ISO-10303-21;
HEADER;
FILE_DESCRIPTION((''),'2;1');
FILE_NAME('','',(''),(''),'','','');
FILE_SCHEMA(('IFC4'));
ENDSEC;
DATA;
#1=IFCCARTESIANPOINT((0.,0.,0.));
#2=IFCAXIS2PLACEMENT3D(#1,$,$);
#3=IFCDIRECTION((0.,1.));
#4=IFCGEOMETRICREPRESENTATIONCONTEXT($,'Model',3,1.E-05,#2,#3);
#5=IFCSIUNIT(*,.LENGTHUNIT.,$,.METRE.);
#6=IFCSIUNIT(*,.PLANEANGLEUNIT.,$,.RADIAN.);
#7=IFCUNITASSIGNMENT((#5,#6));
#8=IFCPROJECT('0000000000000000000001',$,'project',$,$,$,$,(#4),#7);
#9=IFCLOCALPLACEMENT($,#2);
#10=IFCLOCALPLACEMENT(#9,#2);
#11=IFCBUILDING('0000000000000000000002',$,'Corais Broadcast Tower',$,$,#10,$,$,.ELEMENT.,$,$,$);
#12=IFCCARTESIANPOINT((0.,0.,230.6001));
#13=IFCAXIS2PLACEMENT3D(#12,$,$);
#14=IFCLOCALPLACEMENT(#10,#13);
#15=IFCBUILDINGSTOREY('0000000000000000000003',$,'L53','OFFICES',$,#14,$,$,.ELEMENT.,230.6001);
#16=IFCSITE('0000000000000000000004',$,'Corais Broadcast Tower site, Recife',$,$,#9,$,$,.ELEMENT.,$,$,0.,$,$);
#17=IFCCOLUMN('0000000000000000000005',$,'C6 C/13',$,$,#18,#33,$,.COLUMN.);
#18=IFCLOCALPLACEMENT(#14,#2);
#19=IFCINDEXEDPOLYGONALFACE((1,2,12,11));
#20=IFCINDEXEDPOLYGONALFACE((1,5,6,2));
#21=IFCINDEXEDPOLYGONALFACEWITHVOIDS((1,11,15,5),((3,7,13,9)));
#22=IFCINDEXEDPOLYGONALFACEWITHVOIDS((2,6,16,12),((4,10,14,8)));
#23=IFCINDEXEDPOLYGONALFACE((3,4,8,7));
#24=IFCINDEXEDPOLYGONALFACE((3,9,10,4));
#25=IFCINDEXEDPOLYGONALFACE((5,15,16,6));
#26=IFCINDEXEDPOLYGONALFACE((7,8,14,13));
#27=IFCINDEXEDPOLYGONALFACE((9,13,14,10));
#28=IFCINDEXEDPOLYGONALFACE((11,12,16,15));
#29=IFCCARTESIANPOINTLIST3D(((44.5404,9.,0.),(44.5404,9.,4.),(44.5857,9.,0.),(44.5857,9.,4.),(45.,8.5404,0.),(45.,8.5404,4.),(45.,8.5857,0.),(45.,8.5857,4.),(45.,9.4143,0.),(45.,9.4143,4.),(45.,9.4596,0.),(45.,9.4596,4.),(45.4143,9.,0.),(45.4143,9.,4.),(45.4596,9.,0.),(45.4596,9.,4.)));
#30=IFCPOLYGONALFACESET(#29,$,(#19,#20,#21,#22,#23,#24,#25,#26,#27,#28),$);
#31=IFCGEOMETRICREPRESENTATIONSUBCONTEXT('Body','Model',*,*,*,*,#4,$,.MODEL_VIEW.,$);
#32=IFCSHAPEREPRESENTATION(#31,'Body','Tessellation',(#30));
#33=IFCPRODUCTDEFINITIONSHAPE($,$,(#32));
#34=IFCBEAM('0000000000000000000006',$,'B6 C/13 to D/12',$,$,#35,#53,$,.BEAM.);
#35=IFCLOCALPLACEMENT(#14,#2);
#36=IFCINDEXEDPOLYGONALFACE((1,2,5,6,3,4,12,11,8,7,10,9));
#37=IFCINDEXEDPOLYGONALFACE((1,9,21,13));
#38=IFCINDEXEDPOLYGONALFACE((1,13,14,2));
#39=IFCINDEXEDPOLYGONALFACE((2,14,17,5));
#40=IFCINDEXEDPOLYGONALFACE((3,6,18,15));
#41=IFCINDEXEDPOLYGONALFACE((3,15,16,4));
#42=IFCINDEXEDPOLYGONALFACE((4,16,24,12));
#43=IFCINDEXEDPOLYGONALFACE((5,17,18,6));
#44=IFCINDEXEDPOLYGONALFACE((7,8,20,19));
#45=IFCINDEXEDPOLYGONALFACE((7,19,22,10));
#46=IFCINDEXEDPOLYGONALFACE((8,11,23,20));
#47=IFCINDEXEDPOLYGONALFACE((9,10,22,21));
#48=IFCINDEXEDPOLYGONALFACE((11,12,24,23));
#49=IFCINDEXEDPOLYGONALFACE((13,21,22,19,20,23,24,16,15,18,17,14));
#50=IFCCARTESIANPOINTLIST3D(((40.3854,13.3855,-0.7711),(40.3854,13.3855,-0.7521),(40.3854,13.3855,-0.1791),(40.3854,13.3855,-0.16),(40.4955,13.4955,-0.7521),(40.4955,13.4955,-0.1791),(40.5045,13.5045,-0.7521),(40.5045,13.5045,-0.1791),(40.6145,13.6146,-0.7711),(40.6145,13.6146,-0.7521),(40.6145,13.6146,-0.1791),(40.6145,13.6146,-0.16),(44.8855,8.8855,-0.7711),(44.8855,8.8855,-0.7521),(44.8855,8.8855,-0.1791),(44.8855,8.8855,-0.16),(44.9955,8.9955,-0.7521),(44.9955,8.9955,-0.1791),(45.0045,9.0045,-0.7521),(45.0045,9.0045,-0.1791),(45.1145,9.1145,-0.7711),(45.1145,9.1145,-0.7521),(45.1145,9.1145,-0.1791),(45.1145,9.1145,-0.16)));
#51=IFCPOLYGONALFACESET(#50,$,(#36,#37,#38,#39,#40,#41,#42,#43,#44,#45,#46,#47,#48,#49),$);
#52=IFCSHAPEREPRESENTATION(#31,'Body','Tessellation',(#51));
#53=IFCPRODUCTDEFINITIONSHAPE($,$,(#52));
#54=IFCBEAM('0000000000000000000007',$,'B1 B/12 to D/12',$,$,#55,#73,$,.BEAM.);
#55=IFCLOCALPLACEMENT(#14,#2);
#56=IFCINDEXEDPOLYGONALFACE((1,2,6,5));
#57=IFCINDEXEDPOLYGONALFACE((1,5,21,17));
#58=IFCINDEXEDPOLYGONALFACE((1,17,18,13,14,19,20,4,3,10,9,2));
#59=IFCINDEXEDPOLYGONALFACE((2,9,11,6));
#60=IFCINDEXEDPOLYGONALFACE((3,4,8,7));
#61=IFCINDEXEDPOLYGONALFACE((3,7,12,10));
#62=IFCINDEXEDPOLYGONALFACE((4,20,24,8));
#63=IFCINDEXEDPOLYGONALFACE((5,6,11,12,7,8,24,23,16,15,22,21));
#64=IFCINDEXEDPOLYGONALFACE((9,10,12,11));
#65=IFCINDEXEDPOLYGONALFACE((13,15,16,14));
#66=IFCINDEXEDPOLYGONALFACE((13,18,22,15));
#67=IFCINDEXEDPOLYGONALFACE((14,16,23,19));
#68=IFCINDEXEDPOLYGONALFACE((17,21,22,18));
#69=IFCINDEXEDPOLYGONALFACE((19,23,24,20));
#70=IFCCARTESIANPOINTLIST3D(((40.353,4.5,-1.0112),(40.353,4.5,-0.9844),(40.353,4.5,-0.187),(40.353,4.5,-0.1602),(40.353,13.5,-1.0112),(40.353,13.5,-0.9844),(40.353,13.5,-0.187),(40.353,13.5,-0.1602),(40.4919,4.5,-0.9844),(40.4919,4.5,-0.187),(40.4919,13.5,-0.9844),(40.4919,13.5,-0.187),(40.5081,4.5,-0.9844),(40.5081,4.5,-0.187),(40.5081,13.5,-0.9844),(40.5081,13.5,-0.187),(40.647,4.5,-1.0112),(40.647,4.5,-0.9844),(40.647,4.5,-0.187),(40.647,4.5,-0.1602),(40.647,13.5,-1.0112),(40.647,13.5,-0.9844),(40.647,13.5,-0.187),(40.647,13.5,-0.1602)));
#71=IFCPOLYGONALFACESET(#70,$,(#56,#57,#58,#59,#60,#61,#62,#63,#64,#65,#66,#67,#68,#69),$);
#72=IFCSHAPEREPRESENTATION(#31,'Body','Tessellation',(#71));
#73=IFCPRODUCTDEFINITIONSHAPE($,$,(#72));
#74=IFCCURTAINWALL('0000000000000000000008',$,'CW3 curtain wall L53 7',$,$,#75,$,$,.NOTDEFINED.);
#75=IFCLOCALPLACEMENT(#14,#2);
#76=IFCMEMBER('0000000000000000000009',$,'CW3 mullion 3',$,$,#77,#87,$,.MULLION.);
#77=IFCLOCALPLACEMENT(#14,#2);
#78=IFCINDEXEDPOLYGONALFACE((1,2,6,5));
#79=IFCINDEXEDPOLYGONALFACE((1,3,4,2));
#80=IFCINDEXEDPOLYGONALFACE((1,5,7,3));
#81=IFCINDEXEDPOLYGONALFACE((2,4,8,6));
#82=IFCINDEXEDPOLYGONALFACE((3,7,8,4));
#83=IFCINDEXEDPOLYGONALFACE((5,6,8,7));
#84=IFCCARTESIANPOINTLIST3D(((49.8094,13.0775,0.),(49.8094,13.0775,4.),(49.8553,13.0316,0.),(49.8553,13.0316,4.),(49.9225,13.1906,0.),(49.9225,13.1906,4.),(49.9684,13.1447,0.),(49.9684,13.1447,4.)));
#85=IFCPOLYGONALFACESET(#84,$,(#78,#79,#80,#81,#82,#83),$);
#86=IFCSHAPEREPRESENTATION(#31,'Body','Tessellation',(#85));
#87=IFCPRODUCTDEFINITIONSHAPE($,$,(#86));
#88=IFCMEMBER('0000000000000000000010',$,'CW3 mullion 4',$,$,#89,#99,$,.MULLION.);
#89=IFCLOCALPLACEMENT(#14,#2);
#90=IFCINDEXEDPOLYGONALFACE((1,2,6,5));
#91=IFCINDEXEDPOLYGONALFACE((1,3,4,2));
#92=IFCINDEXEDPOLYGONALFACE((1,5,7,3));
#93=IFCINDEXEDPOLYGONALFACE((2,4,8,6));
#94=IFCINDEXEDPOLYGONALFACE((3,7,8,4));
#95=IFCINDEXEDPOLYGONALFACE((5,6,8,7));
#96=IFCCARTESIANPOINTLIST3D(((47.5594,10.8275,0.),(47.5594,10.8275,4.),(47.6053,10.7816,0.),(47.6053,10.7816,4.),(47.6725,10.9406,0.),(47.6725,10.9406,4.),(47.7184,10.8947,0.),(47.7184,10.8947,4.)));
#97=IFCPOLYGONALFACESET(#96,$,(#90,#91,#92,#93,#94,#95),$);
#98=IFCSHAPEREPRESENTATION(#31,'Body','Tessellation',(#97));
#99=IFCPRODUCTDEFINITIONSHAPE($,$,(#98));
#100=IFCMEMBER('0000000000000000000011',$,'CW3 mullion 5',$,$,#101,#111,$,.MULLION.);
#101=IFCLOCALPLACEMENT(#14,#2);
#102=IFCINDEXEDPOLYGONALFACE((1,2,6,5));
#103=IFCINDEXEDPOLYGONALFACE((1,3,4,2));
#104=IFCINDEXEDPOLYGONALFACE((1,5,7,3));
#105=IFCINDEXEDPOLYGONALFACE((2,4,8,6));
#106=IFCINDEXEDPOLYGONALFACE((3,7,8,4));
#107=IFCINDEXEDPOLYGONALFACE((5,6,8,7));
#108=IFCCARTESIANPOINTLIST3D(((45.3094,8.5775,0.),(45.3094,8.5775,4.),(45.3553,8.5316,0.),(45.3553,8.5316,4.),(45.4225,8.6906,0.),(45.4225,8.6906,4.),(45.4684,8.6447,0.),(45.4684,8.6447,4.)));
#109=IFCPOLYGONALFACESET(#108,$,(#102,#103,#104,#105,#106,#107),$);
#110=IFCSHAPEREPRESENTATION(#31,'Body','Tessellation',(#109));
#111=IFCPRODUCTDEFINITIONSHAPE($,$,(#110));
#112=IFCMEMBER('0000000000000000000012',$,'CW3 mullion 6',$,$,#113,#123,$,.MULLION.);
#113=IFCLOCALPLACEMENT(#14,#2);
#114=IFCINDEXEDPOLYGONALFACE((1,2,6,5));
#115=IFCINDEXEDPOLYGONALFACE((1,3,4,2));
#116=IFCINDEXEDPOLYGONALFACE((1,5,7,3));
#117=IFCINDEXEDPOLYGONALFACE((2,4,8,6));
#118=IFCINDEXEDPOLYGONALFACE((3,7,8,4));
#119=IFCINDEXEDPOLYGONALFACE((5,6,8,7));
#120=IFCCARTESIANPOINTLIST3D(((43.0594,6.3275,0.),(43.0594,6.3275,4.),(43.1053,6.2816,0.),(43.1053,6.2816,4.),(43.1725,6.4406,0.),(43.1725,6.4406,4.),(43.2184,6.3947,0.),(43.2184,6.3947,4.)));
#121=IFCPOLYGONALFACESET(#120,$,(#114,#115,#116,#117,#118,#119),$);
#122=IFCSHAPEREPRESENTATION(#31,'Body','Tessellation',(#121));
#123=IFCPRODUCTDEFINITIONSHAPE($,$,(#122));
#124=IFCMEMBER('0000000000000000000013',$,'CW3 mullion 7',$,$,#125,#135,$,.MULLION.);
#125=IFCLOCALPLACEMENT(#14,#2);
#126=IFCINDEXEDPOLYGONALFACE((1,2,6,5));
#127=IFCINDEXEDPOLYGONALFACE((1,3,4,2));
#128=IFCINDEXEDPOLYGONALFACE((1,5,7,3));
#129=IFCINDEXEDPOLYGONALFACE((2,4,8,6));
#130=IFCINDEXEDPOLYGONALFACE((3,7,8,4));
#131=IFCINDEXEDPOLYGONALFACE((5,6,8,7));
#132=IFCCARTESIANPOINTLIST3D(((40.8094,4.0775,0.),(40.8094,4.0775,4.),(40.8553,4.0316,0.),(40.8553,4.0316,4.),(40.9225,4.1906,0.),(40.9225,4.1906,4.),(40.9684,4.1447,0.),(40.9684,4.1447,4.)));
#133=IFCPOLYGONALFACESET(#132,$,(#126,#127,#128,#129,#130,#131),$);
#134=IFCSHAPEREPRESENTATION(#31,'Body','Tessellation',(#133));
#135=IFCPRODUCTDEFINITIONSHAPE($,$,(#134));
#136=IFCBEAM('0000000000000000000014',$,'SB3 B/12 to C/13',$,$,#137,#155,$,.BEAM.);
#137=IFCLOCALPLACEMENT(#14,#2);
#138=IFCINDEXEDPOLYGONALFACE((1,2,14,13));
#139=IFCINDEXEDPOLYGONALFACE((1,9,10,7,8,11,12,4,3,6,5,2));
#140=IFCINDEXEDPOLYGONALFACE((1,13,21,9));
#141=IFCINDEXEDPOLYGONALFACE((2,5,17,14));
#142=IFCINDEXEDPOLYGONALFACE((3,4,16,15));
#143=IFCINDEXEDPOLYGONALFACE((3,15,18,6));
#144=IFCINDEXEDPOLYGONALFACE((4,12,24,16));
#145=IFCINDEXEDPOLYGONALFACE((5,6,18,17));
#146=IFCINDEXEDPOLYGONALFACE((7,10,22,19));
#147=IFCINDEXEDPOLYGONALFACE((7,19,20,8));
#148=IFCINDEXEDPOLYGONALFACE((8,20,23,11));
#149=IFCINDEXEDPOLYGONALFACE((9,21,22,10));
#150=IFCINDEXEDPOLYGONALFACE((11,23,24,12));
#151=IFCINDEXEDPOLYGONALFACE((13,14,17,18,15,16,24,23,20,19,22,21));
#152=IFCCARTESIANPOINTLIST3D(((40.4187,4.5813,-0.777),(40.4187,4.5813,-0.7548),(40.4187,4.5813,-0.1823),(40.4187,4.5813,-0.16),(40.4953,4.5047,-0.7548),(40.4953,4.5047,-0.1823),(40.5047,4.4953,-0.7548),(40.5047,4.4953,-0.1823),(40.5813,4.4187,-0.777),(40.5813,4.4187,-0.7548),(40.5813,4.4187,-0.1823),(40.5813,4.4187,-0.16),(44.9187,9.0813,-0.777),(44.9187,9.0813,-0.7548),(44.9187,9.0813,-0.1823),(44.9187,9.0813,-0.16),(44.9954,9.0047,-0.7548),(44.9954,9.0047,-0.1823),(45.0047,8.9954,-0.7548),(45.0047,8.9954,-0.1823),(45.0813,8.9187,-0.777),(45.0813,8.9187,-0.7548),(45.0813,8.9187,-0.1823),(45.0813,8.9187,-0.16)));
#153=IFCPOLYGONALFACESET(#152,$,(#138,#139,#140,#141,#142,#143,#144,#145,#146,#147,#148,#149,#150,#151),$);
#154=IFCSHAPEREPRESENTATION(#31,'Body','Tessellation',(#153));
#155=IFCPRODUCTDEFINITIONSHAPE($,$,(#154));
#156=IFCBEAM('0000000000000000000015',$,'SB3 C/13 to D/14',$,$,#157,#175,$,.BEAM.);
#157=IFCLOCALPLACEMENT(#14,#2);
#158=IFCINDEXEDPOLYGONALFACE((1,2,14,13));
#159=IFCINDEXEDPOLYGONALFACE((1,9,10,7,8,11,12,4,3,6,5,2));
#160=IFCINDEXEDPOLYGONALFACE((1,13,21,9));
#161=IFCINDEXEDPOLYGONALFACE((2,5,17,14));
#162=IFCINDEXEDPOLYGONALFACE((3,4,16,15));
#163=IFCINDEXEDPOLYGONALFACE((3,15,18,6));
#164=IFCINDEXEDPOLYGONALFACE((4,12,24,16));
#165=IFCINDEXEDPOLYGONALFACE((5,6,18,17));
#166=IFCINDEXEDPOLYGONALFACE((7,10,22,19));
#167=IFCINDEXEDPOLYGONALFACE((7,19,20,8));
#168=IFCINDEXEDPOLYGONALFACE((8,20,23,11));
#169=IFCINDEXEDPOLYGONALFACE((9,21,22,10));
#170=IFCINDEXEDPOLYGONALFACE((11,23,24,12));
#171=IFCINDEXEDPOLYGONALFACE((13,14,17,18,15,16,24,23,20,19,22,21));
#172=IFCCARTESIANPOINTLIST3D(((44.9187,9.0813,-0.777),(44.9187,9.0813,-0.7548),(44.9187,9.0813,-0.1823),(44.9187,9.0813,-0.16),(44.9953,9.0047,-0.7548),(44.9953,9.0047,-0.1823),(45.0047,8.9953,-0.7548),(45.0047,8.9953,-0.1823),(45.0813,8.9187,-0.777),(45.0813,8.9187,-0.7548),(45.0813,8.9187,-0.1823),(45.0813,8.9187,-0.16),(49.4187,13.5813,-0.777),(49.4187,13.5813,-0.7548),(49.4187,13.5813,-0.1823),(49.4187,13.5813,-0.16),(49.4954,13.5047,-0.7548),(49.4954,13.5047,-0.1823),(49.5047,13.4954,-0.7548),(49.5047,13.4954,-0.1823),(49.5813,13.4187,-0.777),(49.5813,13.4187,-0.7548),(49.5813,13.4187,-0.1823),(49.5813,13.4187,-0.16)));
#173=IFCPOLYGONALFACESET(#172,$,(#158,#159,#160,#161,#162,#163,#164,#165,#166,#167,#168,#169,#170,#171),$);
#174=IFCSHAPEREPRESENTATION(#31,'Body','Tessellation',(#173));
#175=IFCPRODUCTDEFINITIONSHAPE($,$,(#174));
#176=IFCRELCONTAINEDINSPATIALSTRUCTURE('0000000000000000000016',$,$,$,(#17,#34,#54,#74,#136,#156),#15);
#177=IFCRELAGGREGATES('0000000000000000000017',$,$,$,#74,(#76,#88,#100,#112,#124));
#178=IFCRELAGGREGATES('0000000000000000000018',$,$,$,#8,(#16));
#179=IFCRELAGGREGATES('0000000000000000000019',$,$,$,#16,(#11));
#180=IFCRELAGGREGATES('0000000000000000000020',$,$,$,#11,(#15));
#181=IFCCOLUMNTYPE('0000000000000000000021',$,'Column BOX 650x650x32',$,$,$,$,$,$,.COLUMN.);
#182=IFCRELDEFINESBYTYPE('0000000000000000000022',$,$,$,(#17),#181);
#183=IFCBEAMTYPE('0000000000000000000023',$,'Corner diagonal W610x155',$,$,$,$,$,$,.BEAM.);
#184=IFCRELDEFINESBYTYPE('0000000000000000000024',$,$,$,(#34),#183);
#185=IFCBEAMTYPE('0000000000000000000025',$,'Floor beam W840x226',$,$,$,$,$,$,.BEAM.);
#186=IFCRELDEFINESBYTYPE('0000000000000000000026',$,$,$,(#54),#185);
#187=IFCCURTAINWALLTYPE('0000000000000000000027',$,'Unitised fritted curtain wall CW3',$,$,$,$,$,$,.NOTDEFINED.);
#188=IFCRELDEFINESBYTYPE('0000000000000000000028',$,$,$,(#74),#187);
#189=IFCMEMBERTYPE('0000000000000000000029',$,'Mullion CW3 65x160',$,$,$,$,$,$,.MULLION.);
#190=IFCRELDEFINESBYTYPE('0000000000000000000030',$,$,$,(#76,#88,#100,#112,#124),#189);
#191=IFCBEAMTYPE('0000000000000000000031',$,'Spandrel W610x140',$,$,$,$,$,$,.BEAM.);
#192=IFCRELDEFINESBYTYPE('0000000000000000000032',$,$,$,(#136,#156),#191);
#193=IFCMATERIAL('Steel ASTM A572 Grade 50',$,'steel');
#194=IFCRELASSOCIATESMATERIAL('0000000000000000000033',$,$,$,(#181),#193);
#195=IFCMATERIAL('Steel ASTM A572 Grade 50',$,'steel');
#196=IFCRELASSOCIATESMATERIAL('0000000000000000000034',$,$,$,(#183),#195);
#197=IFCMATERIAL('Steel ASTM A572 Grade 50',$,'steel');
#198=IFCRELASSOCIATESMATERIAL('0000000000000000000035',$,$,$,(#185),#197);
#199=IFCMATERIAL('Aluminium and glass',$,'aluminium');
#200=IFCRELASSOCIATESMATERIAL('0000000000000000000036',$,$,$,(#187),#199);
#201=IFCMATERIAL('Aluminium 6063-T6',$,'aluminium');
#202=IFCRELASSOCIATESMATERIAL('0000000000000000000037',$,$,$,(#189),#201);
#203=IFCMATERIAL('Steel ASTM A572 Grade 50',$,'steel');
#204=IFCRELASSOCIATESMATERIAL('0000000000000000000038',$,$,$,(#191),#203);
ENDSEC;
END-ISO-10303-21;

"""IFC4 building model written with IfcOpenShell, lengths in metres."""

from ifc_helpers import new_model, si_unit, direction, frame, origin, origin_2d, place, context, subcontext, project, spatial, rectangle, hollow_rectangle, i_section, extrude, material, material_profile, profile_set, type_object, element, aggregate, save


model = new_model("IFC4")

# Units and contexts
model_context = context("Model", 3, precision=1e-05, world=origin(), true_north=direction((0.0, 1.0)))
body_context = subcontext(model_context, "Body", "Model", "MODEL_VIEW")
ifc_project = project(units=[si_unit("LENGTHUNIT", "METRE"), si_unit("PLANEANGLEUNIT", "RADIAN")], contexts=[model_context])

# Site, building, storey
site_placement = place(None, origin())
site = spatial("IfcSite", under=ifc_project, at=site_placement, Name="Corais Broadcast Tower site, Recife", CompositionType="ELEMENT", RefElevation=0.0)
building_placement = place(site_placement, origin())
building = spatial("IfcBuilding", under=site, at=building_placement, Name="Corais Broadcast Tower", CompositionType="ELEMENT")
storey_placement = place(building_placement, frame((0.0, 0.0, 230.6001)))
storey = spatial("IfcBuildingStorey", under=building, at=storey_placement, Name="L53", Description="OFFICES", CompositionType="ELEMENT", Elevation=230.6001)

# Column
ifc_material_1 = material(Name="Steel ASTM A572 Grade 50", Category="steel")
ifc_material_profile_1 = material_profile(ifc_material_1, hollow_rectangle(XDim=0.6499, YDim=0.6499, WallThickness=0.032, at=origin_2d()), Name="BOX 650x650x32")
ifc_profile_set_1 = profile_set([ifc_material_profile_1], Name="Steel ASTM A572 Grade 50")
column_type = type_object("IfcColumnType", Name="Column BOX 650x650x32", PredefinedType="COLUMN", material=ifc_profile_set_1)
column_placement = place(storey_placement, frame((45.0, 9.0, 0.0), z_axis=(0.0, 0.0, 1.0), x_axis=(0.707107, 0.707107, 0.0)))
element("IfcColumn", 1, at=column_placement, inside=storey, type_object=column_type, Name="C6 C/13", PredefinedType="COLUMN", context=body_context, shape_type="SweptSolid", body=[
    extrude(hollow_rectangle(XDim=0.6499, YDim=0.6499, WallThickness=0.032, at=origin_2d()), origin(), (0.0, 0.0, 1.0), 4.0),
])

# Beams
ifc_material_2 = material(Name="Steel ASTM A572 Grade 50", Category="steel")
ifc_material_profile_2 = material_profile(ifc_material_2, i_section(OverallWidth=0.324, OverallDepth=0.6111, WebThickness=0.0127, FlangeThickness=0.019, at=origin_2d()), Name="W610x155")
ifc_profile_set_2 = profile_set([ifc_material_profile_2], Name="Steel ASTM A572 Grade 50")
beam_type_1 = type_object("IfcBeamType", Name="Corner diagonal W610x155", PredefinedType="BEAM", material=ifc_profile_set_2)
beam_1_placement = place(storey_placement, frame((45.0, 9.0, -0.4656), z_axis=(-0.707107, 0.707107, 0.0), x_axis=(-0.707107, -0.707107, 0.0)))
element("IfcBeam", 2, at=beam_1_placement, inside=storey, type_object=beam_type_1, Name="B6 C/13 to D/12", PredefinedType="BEAM", context=body_context, shape_type="SweptSolid", body=[
    extrude(i_section(OverallWidth=0.324, OverallDepth=0.6111, WebThickness=0.0127, FlangeThickness=0.019, at=origin_2d()), origin(), (0.0, 0.0, 1.0), 6.364),
])
ifc_material_3 = material(Name="Steel ASTM A572 Grade 50", Category="steel")
ifc_material_profile_3 = material_profile(ifc_material_3, i_section(OverallWidth=0.2939, OverallDepth=0.8511, WebThickness=0.0161, FlangeThickness=0.0269, at=origin_2d()), Name="W840x226")
ifc_profile_set_3 = profile_set([ifc_material_profile_3], Name="Steel ASTM A572 Grade 50")
beam_type_2 = type_object("IfcBeamType", Name="Floor beam W840x226", PredefinedType="BEAM", material=ifc_profile_set_3)
beam_2_placement = place(storey_placement, frame((40.5, 4.5, -0.5857), z_axis=(0.0, 1.0, 0.0), x_axis=(-1.0, 0.0, 0.0)))
element("IfcBeam", 3, at=beam_2_placement, inside=storey, type_object=beam_type_2, Name="B1 B/12 to D/12", PredefinedType="BEAM", context=body_context, shape_type="SweptSolid", body=[
    extrude(i_section(OverallWidth=0.2939, OverallDepth=0.8511, WebThickness=0.0161, FlangeThickness=0.0269, at=origin_2d()), origin(), (0.0, 0.0, 1.0), 9.0),
])

# Curtain wall, members
ifc_material_4 = material(Name="Aluminium and glass", Category="aluminium")
curtain_wall_type = type_object("IfcCurtainWallType", Name="Unitised fritted curtain wall CW3", PredefinedType="NOTDEFINED", material=ifc_material_4)
curtain_wall_placement = place(storey_placement, origin())
curtain_wall = element("IfcCurtainWall", 4, at=curtain_wall_placement, inside=storey, type_object=curtain_wall_type, Name="CW3 curtain wall L53 7", PredefinedType="NOTDEFINED")
ifc_material_5 = material(Name="Aluminium 6063-T6", Category="aluminium")
ifc_material_profile_4 = material_profile(ifc_material_5, rectangle(XDim=0.0649, YDim=0.1599, at=origin_2d()), Name="Mullion CW3 65x160")
ifc_profile_set_4 = profile_set([ifc_material_profile_4], Name="Aluminium 6063-T6")
member_type_1 = type_object("IfcMemberType", Name="Mullion CW3 65x160", PredefinedType="MULLION", material=ifc_profile_set_4)
member_1_placement = place(storey_placement, frame((49.8889, 13.1111, 0.0), z_axis=(0.0, 0.0, 1.0), x_axis=(0.707107, -0.707107, 0.0)))
member_1 = element("IfcMember", 5, at=member_1_placement, type_object=member_type_1, Name="CW3 mullion 3", PredefinedType="MULLION", context=body_context, shape_type="SweptSolid", body=[
    extrude(rectangle(XDim=0.0649, YDim=0.1599, at=origin_2d()), origin(), (0.0, 0.0, 1.0), 4.0),
])
member_2_placement = place(storey_placement, frame((47.6389, 10.8611, 0.0), z_axis=(0.0, 0.0, 1.0), x_axis=(0.707107, -0.707107, 0.0)))
member_2 = element("IfcMember", 6, at=member_2_placement, type_object=member_type_1, Name="CW3 mullion 4", PredefinedType="MULLION", context=body_context, shape_type="SweptSolid", body=[
    extrude(rectangle(XDim=0.0649, YDim=0.1599, at=origin_2d()), origin(), (0.0, 0.0, 1.0), 4.0),
])
member_3_placement = place(storey_placement, frame((45.3889, 8.6111, 0.0), z_axis=(0.0, 0.0, 1.0), x_axis=(0.707107, -0.707107, 0.0)))
member_3 = element("IfcMember", 7, at=member_3_placement, type_object=member_type_1, Name="CW3 mullion 5", PredefinedType="MULLION", context=body_context, shape_type="SweptSolid", body=[
    extrude(rectangle(XDim=0.0649, YDim=0.1599, at=origin_2d()), origin(), (0.0, 0.0, 1.0), 4.0),
])
member_4_placement = place(storey_placement, frame((43.1389, 6.3611, 0.0), z_axis=(0.0, 0.0, 1.0), x_axis=(0.707107, -0.707107, 0.0)))
member_4 = element("IfcMember", 8, at=member_4_placement, type_object=member_type_1, Name="CW3 mullion 6", PredefinedType="MULLION", context=body_context, shape_type="SweptSolid", body=[
    extrude(rectangle(XDim=0.0649, YDim=0.1599, at=origin_2d()), origin(), (0.0, 0.0, 1.0), 4.0),
])
member_5_placement = place(storey_placement, frame((40.8889, 4.1111, 0.0), z_axis=(0.0, 0.0, 1.0), x_axis=(0.707107, -0.707107, 0.0)))
member_5 = element("IfcMember", 9, at=member_5_placement, type_object=member_type_1, Name="CW3 mullion 7", PredefinedType="MULLION", context=body_context, shape_type="SweptSolid", body=[
    extrude(rectangle(XDim=0.0649, YDim=0.1599, at=origin_2d()), origin(), (0.0, 0.0, 1.0), 4.0),
])

# Beams
ifc_material_6 = material(Name="Steel ASTM A572 Grade 50", Category="steel")
ifc_material_profile_5 = material_profile(ifc_material_6, i_section(OverallWidth=0.23, OverallDepth=0.6169, WebThickness=0.0132, FlangeThickness=0.0222, at=origin_2d()), Name="W610x140")
ifc_profile_set_5 = profile_set([ifc_material_profile_5], Name="Steel ASTM A572 Grade 50")
beam_type_3 = type_object("IfcBeamType", Name="Spandrel W610x140", PredefinedType="BEAM", material=ifc_profile_set_5)
for number, where, z_axis, x_axis, name in (
    (10, (40.5, 4.5, -0.4685), (0.707107, 0.707107, 0.0), (-0.707107, 0.707107, 0.0), "SB3 B/12 to C/13"),
    (11, (45.0, 9.0, -0.4685), (0.707107, 0.707107, 0.0), (-0.707107, 0.707107, 0.0), "SB3 C/13 to D/14"),
):
    element("IfcBeam", number, at=place(storey_placement, frame(where, z_axis=z_axis, x_axis=x_axis)), inside=storey, type_object=beam_type_3, Name=name, PredefinedType="BEAM", context=body_context, shape_type="SweptSolid", body=[
        extrude(i_section(OverallWidth=0.23, OverallDepth=0.6169, WebThickness=0.0132, FlangeThickness=0.0222, at=origin_2d()), origin(), (0.0, 0.0, 1.0), 6.364),
    ])

aggregate(curtain_wall, [member_1, member_2, member_3, member_4, member_5])

save(model, "model.ifc")
